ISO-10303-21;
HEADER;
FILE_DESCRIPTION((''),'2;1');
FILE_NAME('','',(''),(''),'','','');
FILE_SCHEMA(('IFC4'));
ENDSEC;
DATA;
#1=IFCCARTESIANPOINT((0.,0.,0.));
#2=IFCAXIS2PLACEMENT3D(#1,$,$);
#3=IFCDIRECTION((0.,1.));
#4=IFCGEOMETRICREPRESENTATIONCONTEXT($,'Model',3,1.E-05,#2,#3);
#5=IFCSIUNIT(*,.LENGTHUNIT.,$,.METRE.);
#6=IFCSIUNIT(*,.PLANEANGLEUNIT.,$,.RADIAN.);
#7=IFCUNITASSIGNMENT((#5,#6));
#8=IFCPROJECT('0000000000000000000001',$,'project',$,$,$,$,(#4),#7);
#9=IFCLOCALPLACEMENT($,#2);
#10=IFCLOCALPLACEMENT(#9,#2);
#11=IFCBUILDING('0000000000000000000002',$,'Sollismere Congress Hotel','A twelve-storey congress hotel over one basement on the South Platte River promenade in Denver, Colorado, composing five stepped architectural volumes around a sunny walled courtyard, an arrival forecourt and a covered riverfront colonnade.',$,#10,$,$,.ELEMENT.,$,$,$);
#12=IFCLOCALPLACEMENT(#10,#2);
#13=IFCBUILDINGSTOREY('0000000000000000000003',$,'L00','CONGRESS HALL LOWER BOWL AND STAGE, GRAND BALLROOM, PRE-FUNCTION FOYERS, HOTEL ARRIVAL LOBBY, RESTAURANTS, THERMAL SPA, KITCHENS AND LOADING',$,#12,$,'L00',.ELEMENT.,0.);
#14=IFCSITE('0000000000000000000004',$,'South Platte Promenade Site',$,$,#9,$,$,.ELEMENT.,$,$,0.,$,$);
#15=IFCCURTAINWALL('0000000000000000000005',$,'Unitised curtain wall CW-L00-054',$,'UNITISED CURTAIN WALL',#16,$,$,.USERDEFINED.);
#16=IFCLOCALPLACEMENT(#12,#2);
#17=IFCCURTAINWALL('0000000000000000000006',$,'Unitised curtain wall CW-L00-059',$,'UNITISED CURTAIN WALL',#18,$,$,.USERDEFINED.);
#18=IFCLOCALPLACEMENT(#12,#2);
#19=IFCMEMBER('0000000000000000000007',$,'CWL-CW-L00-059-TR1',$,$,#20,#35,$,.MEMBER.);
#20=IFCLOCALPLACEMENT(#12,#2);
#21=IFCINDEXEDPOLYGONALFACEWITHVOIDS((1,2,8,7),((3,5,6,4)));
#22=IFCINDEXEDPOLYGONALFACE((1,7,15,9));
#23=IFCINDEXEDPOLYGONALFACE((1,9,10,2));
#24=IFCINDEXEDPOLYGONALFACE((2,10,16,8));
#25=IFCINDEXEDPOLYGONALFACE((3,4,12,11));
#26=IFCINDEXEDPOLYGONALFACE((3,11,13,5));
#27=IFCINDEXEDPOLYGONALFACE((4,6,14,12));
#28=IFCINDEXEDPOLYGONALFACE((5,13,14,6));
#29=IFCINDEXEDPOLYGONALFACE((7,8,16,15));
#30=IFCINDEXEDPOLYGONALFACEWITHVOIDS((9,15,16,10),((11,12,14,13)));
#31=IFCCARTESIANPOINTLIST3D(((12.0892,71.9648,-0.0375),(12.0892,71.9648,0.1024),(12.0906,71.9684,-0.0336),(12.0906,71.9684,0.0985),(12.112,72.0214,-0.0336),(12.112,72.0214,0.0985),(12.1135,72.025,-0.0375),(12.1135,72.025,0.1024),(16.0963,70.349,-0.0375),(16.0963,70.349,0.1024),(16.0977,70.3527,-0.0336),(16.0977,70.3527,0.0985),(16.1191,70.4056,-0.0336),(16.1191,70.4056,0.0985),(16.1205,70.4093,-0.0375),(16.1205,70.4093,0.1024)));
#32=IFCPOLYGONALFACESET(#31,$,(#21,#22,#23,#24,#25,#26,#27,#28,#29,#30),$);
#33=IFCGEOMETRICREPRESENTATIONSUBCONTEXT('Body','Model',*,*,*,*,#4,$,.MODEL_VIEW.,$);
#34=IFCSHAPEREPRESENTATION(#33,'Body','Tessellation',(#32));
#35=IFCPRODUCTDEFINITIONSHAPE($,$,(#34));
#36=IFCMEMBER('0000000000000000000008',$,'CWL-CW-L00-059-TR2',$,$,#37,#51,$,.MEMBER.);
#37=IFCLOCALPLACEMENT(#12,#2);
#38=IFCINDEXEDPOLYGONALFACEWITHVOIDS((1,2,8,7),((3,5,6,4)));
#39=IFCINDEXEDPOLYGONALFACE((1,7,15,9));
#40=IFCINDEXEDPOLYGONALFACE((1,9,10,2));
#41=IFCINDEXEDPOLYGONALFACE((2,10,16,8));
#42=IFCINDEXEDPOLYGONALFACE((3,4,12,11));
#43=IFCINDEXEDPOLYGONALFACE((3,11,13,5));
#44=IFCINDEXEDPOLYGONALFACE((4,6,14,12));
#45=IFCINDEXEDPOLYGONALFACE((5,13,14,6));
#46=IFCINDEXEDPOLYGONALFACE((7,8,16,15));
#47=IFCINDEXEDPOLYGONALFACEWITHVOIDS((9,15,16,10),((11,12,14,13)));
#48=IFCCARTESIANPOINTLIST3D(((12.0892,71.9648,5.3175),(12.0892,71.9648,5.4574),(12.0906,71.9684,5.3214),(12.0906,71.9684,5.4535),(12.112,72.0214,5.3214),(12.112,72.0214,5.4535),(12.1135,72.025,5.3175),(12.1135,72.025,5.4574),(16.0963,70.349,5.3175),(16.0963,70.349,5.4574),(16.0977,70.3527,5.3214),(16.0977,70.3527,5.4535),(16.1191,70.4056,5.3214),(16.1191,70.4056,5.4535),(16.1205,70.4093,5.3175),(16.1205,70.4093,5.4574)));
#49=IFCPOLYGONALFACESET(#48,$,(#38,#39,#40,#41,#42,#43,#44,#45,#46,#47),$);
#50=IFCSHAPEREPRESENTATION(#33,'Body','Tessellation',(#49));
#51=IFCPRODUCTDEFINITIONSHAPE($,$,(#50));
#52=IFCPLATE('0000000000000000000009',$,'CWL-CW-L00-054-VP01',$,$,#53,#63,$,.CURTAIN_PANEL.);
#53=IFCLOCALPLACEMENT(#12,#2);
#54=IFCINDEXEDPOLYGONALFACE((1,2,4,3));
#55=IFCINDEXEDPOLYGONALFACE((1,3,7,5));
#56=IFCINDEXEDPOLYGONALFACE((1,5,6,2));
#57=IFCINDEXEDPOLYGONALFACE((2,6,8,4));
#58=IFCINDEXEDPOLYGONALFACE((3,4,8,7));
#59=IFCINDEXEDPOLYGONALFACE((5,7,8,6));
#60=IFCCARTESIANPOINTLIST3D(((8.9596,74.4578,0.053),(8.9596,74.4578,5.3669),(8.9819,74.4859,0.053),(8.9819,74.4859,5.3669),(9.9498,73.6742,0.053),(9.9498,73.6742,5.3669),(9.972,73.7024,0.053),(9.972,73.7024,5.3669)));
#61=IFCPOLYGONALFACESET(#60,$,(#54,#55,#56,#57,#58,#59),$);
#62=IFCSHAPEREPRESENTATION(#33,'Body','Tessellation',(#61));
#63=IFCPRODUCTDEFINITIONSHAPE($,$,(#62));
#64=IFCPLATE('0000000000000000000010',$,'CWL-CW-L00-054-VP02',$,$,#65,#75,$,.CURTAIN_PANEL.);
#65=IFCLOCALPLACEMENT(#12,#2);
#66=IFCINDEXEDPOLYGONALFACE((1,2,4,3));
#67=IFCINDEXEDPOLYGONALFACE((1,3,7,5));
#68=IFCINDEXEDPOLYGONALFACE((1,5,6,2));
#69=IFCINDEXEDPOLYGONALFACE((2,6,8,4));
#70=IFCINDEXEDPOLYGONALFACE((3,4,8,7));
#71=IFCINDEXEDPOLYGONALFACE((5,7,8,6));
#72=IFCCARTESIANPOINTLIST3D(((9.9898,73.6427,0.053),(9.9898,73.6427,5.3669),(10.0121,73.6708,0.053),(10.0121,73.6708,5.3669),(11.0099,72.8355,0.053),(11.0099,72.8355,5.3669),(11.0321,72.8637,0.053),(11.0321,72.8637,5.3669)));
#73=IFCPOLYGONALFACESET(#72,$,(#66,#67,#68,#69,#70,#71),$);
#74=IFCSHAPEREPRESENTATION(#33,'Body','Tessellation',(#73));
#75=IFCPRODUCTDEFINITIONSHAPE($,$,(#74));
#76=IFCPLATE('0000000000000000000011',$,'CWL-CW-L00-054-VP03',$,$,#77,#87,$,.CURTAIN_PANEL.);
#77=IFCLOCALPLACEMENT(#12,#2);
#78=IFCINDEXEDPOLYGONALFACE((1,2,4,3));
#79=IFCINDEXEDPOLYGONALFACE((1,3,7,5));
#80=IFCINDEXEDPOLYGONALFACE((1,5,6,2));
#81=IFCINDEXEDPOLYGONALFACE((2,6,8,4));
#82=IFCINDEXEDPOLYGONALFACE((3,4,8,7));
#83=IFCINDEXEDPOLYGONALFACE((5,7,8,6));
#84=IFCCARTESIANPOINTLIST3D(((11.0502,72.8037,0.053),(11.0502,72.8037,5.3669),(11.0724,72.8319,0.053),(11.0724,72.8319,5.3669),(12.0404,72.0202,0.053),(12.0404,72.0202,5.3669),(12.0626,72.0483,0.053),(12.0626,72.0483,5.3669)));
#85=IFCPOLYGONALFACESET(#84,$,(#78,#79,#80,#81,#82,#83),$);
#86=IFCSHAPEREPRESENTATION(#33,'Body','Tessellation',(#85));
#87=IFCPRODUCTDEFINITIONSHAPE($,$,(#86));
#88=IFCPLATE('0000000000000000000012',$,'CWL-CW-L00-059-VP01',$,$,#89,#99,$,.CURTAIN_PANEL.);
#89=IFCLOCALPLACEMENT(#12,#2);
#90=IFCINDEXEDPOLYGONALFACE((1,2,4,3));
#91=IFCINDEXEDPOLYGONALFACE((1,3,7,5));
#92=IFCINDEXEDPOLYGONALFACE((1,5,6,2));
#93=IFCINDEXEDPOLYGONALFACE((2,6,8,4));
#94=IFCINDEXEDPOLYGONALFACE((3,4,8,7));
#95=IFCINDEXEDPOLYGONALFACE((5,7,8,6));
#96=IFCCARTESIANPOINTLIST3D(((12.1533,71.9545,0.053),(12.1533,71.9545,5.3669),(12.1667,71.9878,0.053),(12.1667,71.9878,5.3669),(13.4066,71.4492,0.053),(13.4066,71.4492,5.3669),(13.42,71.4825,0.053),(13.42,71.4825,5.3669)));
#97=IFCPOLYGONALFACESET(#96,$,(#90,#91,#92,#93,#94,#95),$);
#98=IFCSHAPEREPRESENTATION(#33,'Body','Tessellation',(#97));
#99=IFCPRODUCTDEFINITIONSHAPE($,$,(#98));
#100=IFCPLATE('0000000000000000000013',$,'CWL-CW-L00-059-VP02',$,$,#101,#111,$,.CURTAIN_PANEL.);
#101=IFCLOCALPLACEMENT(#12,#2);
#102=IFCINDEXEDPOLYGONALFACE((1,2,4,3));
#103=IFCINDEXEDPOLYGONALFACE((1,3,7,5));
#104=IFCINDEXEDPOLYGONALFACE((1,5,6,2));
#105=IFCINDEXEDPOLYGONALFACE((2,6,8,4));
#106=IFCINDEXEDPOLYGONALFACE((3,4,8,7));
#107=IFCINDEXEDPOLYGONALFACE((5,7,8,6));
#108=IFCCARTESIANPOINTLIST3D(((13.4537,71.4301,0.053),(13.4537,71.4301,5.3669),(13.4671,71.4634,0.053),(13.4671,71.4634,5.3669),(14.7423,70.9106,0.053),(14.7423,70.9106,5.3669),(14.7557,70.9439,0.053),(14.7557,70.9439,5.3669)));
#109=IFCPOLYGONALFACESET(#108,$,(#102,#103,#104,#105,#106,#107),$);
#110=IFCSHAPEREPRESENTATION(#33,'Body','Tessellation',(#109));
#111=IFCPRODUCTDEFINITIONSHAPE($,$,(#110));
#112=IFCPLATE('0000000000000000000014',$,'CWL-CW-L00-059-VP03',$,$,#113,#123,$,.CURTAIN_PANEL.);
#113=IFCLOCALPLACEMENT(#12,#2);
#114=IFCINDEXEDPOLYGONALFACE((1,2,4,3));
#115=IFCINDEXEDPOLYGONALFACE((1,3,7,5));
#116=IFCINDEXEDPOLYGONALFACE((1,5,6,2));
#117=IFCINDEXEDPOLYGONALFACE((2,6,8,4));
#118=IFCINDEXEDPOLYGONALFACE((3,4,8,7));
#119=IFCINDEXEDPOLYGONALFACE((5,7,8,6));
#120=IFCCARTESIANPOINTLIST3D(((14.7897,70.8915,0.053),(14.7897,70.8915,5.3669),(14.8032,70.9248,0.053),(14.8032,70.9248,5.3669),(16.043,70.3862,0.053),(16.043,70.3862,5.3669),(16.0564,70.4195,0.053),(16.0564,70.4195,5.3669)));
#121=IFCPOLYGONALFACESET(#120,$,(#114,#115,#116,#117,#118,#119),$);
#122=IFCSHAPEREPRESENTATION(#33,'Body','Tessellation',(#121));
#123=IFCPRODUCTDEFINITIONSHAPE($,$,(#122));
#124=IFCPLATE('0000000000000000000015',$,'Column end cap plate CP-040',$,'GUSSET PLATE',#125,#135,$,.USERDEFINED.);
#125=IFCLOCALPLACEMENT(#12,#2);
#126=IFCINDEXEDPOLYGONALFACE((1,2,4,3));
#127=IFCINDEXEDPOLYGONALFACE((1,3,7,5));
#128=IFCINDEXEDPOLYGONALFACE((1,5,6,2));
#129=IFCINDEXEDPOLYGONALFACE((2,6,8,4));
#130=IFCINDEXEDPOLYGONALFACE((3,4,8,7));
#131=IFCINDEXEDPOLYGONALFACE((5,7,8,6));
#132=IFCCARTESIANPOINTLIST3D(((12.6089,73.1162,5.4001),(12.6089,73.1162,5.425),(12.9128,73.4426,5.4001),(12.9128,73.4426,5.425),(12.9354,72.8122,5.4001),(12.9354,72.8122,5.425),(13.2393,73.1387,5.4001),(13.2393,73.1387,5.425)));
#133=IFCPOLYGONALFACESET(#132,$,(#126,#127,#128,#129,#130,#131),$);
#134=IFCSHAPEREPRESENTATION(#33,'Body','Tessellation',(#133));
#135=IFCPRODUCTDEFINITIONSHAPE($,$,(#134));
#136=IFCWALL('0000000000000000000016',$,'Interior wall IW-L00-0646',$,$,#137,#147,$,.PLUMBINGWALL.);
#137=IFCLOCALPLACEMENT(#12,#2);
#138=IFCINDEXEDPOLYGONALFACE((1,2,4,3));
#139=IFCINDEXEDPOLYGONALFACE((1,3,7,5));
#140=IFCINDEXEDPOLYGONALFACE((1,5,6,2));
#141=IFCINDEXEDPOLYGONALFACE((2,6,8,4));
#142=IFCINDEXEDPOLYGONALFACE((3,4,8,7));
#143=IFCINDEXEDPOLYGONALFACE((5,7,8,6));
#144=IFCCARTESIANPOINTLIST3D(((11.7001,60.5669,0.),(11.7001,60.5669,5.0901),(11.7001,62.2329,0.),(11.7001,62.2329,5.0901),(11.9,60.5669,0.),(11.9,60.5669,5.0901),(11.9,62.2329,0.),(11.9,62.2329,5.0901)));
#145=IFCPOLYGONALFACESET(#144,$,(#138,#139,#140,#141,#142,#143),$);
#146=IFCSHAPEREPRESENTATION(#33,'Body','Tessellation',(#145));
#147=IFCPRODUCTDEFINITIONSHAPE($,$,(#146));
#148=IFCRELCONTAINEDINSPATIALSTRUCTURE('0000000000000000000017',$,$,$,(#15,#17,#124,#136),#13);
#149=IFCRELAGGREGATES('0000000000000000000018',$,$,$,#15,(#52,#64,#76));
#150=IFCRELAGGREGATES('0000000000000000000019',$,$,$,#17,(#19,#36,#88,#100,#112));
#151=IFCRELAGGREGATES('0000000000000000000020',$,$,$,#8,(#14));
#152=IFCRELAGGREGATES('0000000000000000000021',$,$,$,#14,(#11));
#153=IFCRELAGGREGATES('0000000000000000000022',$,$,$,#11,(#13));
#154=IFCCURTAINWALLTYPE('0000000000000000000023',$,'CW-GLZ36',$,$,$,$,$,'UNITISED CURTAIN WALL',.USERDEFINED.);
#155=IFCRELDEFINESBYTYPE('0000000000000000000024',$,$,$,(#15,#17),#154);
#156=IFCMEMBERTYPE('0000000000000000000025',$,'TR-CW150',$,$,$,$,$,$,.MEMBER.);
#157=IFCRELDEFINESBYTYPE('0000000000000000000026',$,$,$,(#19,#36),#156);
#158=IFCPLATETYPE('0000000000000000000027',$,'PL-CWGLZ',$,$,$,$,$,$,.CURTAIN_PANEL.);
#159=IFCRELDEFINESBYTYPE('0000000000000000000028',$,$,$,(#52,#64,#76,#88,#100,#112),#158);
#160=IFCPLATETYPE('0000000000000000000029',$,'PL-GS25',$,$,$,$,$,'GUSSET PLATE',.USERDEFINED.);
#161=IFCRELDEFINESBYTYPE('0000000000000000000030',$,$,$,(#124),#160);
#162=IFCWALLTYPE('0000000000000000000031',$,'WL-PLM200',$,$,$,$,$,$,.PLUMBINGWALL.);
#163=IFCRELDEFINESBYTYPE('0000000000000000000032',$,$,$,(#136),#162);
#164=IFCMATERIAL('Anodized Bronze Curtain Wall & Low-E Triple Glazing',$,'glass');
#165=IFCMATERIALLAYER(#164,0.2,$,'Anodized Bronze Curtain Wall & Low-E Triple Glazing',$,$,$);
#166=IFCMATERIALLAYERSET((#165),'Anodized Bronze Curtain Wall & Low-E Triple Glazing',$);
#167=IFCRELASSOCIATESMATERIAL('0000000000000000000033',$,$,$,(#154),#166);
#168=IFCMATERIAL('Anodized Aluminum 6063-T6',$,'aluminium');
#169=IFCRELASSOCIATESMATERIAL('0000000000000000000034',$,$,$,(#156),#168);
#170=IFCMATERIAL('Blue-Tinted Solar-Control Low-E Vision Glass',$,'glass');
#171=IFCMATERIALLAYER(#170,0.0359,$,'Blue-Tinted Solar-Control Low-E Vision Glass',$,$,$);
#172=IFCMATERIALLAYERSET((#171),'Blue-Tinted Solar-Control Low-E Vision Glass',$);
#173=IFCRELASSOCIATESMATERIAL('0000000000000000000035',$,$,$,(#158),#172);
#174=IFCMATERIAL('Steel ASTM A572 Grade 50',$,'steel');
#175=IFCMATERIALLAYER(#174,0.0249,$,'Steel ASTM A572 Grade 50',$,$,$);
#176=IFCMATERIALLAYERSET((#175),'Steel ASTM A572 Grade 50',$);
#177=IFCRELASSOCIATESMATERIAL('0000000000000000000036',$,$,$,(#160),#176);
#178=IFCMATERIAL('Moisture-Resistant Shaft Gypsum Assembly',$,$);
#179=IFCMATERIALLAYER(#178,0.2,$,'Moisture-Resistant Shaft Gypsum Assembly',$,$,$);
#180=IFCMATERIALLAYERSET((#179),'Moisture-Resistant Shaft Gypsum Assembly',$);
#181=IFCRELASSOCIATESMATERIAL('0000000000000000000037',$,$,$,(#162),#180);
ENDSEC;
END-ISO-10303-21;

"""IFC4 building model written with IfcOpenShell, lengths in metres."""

from ifc_helpers import new_model, si_unit, direction, frame, frame_2d, origin, origin_2d, place, context, subcontext, project, spatial, rectangle, hollow_rectangle, extrude, material, layer, layer_set, material_profile, profile_set, type_object, element, aggregate, save


model = new_model("IFC4")

# Units and contexts
model_context = context("Model", 3, precision=1e-05, world=origin(), true_north=direction((0.0, 1.0)))
body_context = subcontext(model_context, "Body", "Model", "MODEL_VIEW")
ifc_project = project(units=[si_unit("LENGTHUNIT", "METRE"), si_unit("PLANEANGLEUNIT", "RADIAN")], contexts=[model_context])

# Site, building, storey
site_placement = place(None, origin())
site = spatial("IfcSite", under=ifc_project, at=site_placement, Name="South Platte Promenade Site", CompositionType="ELEMENT", RefElevation=0.0)
building_placement = place(site_placement, origin())
building = spatial("IfcBuilding", under=site, at=building_placement, Name="Sollismere Congress Hotel", Description="A twelve-storey congress hotel over one basement on the South Platte River promenade in Denver, Colorado, composing five stepped architectural volumes around a sunny walled courtyard, an arrival forecourt and a covered riverfront colonnade.", CompositionType="ELEMENT")
storey_placement = place(building_placement, origin())
storey = spatial("IfcBuildingStorey", under=building, at=storey_placement, Name="L00", Description="CONGRESS HALL LOWER BOWL AND STAGE, GRAND BALLROOM, PRE-FUNCTION FOYERS, HOTEL ARRIVAL LOBBY, RESTAURANTS, THERMAL SPA, KITCHENS AND LOADING", LongName="L00", CompositionType="ELEMENT", Elevation=0.0)

# Curtain walls, members
ifc_material_1 = material(Name="Anodized Bronze Curtain Wall & Low-E Triple Glazing", Category="glass")
ifc_layer_1 = layer(ifc_material_1, 0.2, Name="Anodized Bronze Curtain Wall & Low-E Triple Glazing")
ifc_layer_set_1 = layer_set([ifc_layer_1], Name="Anodized Bronze Curtain Wall & Low-E Triple Glazing")
curtain_wall_type = type_object("IfcCurtainWallType", Name="CW-GLZ36", ElementType="UNITISED CURTAIN WALL", PredefinedType="USERDEFINED", material=ifc_layer_set_1)
curtain_wall_1_placement = place(storey_placement, origin())
curtain_wall_1 = element("IfcCurtainWall", 1, at=curtain_wall_1_placement, inside=storey, type_object=curtain_wall_type, Name="Unitised curtain wall CW-L00-054", ObjectType="UNITISED CURTAIN WALL", PredefinedType="USERDEFINED")
ifc_material_2 = material(Name="Anodized Aluminum 6063-T6", Category="aluminium")
curtain_wall_2_placement = place(storey_placement, origin())
curtain_wall_2 = element("IfcCurtainWall", 2, at=curtain_wall_2_placement, inside=storey, type_object=curtain_wall_type, Name="Unitised curtain wall CW-L00-059", ObjectType="UNITISED CURTAIN WALL", PredefinedType="USERDEFINED")
ifc_material_profile_1 = material_profile(ifc_material_2, hollow_rectangle(XDim=0.0649, YDim=0.1399, WallThickness=0.0039, at=origin_2d()), Name="ALU140X65X4")
ifc_profile_set_1 = profile_set([ifc_material_profile_1], Name="Anodized Aluminum 6063-T6")
member_type_1 = type_object("IfcMemberType", Name="TR-CW150", PredefinedType="MEMBER", material=ifc_profile_set_1)
member_1_placement = place(storey_placement, frame((12.1013, 71.9949, 0.0325), z_axis=(0.927444, -0.373961, 0.0), x_axis=(0.373961, 0.927444, 0.0)))
member_1 = element("IfcMember", 3, at=member_1_placement, type_object=member_type_1, Name="CWL-CW-L00-059-TR1", PredefinedType="MEMBER", context=body_context, shape_type="SweptSolid", body=[
    extrude(hollow_rectangle(XDim=0.0649, YDim=0.1399, WallThickness=0.0039, at=origin_2d()), origin(), (0.0, 0.0, 1.0), 4.3206),
])
member_2_placement = place(storey_placement, frame((12.1013, 71.9949, 5.3875), z_axis=(0.927444, -0.373961, 0.0), x_axis=(0.373961, 0.927444, 0.0)))
member_2 = element("IfcMember", 4, at=member_2_placement, type_object=member_type_1, Name="CWL-CW-L00-059-TR2", PredefinedType="MEMBER", context=body_context, shape_type="SweptSolid", body=[
    extrude(hollow_rectangle(XDim=0.0649, YDim=0.1399, WallThickness=0.0039, at=origin_2d()), origin(), (0.0, 0.0, 1.0), 4.3206),
])

# Plates
ifc_material_3 = material(Name="Blue-Tinted Solar-Control Low-E Vision Glass", Category="glass")
ifc_layer_2 = layer(ifc_material_3, 0.0359, Name="Blue-Tinted Solar-Control Low-E Vision Glass")
ifc_layer_set_2 = layer_set([ifc_layer_2], Name="Blue-Tinted Solar-Control Low-E Vision Glass")
plate_type_1 = type_object("IfcPlateType", Name="PL-CWGLZ", PredefinedType="CURTAIN_PANEL", material=ifc_layer_set_2)
plate_1_placement = place(storey_placement, frame((9.4658, 74.0801, 0.053), z_axis=(0.0, 0.0, 1.0), x_axis=(0.784181, -0.620532, 0.0)))
plate_1 = element("IfcPlate", 5, at=plate_1_placement, type_object=plate_type_1, Name="CWL-CW-L00-054-VP01", PredefinedType="CURTAIN_PANEL", context=body_context, shape_type="SweptSolid", body=[
    extrude(rectangle(XDim=1.2627, YDim=0.0359, at=origin_2d()), origin(), (0.0, 0.0, 1.0), 5.314),
])
plate_2_placement = place(storey_placement, frame((10.511, 73.2532, 0.053), z_axis=(0.0, 0.0, 1.0), x_axis=(0.784181, -0.620532, 0.0)))
plate_2 = element("IfcPlate", 6, at=plate_2_placement, type_object=plate_type_1, Name="CWL-CW-L00-054-VP02", PredefinedType="CURTAIN_PANEL", context=body_context, shape_type="SweptSolid", body=[
    extrude(rectangle(XDim=1.3008, YDim=0.0359, at=origin_2d()), origin(), (0.0, 0.0, 1.0), 5.314),
])
plate_3_placement = place(storey_placement, frame((11.5564, 72.426, 0.053), z_axis=(0.0, 0.0, 1.0), x_axis=(0.784181, -0.620532, 0.0)))
plate_3 = element("IfcPlate", 7, at=plate_3_placement, type_object=plate_type_1, Name="CWL-CW-L00-054-VP03", PredefinedType="CURTAIN_PANEL", context=body_context, shape_type="SweptSolid", body=[
    extrude(rectangle(XDim=1.2627, YDim=0.0359, at=origin_2d()), origin(), (0.0, 0.0, 1.0), 5.314),
])
aggregate(curtain_wall_1, [plate_1, plate_2, plate_3])
plate_4_placement = place(storey_placement, frame((12.7866, 71.7185, 0.053), z_axis=(0.0, 0.0, 1.0), x_axis=(0.927452, -0.373943, 0.0)))
plate_4 = element("IfcPlate", 8, at=plate_4_placement, type_object=plate_type_1, Name="CWL-CW-L00-059-VP01", PredefinedType="CURTAIN_PANEL", context=body_context, shape_type="SweptSolid", body=[
    extrude(rectangle(XDim=1.3513, YDim=0.0359, at=origin_2d()), origin(), (0.0, 0.0, 1.0), 5.314),
])
plate_5_placement = place(storey_placement, frame((14.1047, 71.187, 0.053), z_axis=(0.0, 0.0, 1.0), x_axis=(0.927452, -0.373943, 0.0)))
plate_5 = element("IfcPlate", 9, at=plate_5_placement, type_object=plate_type_1, Name="CWL-CW-L00-059-VP02", PredefinedType="CURTAIN_PANEL", context=body_context, shape_type="SweptSolid", body=[
    extrude(rectangle(XDim=1.3894, YDim=0.0359, at=origin_2d()), origin(), (0.0, 0.0, 1.0), 5.314),
])
plate_6_placement = place(storey_placement, frame((15.4231, 70.6555, 0.053), z_axis=(0.0, 0.0, 1.0), x_axis=(0.927452, -0.373943, 0.0)))
plate_6 = element("IfcPlate", 10, at=plate_6_placement, type_object=plate_type_1, Name="CWL-CW-L00-059-VP03", PredefinedType="CURTAIN_PANEL", context=body_context, shape_type="SweptSolid", body=[
    extrude(rectangle(XDim=1.3513, YDim=0.0359, at=origin_2d()), origin(), (0.0, 0.0, 1.0), 5.314),
])
aggregate(curtain_wall_2, [member_1, member_2, plate_4, plate_5, plate_6])
ifc_material_4 = material(Name="Steel ASTM A572 Grade 50", Category="steel")
ifc_layer_3 = layer(ifc_material_4, 0.0249, Name="Steel ASTM A572 Grade 50")
ifc_layer_set_3 = layer_set([ifc_layer_3], Name="Steel ASTM A572 Grade 50")
plate_type_2 = type_object("IfcPlateType", Name="PL-GS25", ElementType="GUSSET PLATE", PredefinedType="USERDEFINED", material=ifc_layer_set_3)
plate_7_placement = place(storey_placement, frame((12.9241, 73.1274, 5.4001), z_axis=(0.0, 0.0, 1.0), x_axis=(-0.68136, -0.731949, 0.0)))
element("IfcPlate", 11, at=plate_7_placement, inside=storey, type_object=plate_type_2, Name="Column end cap plate CP-040", ObjectType="GUSSET PLATE", PredefinedType="USERDEFINED", context=body_context, shape_type="SweptSolid", body=[
    extrude(rectangle(XDim=0.446, YDim=0.446, at=origin_2d()), origin(), (0.0, 0.0, 1.0), 0.0249),
])

# Wall
ifc_material_5 = material(Name="Moisture-Resistant Shaft Gypsum Assembly")
ifc_layer_4 = layer(ifc_material_5, 0.2, Name="Moisture-Resistant Shaft Gypsum Assembly")
ifc_layer_set_4 = layer_set([ifc_layer_4], Name="Moisture-Resistant Shaft Gypsum Assembly")
wall_type = type_object("IfcWallType", Name="WL-PLM200", PredefinedType="PLUMBINGWALL", material=ifc_layer_set_4)
wall_placement = place(storey_placement, frame((11.8, 60.5669, 0.0), z_axis=(0.0, 0.0, 1.0), x_axis=(0.0, 1.0, 0.0)))
element("IfcWall", 12, at=wall_placement, inside=storey, type_object=wall_type, Name="Interior wall IW-L00-0646", PredefinedType="PLUMBINGWALL", context=body_context, shape_type="SweptSolid", body=[
    extrude(rectangle(XDim=1.666, YDim=0.2, at=frame_2d((0.833, 0.0))), origin(), (0.0, 0.0, 1.0), 5.0901),
])

save(model, "model.ifc")
